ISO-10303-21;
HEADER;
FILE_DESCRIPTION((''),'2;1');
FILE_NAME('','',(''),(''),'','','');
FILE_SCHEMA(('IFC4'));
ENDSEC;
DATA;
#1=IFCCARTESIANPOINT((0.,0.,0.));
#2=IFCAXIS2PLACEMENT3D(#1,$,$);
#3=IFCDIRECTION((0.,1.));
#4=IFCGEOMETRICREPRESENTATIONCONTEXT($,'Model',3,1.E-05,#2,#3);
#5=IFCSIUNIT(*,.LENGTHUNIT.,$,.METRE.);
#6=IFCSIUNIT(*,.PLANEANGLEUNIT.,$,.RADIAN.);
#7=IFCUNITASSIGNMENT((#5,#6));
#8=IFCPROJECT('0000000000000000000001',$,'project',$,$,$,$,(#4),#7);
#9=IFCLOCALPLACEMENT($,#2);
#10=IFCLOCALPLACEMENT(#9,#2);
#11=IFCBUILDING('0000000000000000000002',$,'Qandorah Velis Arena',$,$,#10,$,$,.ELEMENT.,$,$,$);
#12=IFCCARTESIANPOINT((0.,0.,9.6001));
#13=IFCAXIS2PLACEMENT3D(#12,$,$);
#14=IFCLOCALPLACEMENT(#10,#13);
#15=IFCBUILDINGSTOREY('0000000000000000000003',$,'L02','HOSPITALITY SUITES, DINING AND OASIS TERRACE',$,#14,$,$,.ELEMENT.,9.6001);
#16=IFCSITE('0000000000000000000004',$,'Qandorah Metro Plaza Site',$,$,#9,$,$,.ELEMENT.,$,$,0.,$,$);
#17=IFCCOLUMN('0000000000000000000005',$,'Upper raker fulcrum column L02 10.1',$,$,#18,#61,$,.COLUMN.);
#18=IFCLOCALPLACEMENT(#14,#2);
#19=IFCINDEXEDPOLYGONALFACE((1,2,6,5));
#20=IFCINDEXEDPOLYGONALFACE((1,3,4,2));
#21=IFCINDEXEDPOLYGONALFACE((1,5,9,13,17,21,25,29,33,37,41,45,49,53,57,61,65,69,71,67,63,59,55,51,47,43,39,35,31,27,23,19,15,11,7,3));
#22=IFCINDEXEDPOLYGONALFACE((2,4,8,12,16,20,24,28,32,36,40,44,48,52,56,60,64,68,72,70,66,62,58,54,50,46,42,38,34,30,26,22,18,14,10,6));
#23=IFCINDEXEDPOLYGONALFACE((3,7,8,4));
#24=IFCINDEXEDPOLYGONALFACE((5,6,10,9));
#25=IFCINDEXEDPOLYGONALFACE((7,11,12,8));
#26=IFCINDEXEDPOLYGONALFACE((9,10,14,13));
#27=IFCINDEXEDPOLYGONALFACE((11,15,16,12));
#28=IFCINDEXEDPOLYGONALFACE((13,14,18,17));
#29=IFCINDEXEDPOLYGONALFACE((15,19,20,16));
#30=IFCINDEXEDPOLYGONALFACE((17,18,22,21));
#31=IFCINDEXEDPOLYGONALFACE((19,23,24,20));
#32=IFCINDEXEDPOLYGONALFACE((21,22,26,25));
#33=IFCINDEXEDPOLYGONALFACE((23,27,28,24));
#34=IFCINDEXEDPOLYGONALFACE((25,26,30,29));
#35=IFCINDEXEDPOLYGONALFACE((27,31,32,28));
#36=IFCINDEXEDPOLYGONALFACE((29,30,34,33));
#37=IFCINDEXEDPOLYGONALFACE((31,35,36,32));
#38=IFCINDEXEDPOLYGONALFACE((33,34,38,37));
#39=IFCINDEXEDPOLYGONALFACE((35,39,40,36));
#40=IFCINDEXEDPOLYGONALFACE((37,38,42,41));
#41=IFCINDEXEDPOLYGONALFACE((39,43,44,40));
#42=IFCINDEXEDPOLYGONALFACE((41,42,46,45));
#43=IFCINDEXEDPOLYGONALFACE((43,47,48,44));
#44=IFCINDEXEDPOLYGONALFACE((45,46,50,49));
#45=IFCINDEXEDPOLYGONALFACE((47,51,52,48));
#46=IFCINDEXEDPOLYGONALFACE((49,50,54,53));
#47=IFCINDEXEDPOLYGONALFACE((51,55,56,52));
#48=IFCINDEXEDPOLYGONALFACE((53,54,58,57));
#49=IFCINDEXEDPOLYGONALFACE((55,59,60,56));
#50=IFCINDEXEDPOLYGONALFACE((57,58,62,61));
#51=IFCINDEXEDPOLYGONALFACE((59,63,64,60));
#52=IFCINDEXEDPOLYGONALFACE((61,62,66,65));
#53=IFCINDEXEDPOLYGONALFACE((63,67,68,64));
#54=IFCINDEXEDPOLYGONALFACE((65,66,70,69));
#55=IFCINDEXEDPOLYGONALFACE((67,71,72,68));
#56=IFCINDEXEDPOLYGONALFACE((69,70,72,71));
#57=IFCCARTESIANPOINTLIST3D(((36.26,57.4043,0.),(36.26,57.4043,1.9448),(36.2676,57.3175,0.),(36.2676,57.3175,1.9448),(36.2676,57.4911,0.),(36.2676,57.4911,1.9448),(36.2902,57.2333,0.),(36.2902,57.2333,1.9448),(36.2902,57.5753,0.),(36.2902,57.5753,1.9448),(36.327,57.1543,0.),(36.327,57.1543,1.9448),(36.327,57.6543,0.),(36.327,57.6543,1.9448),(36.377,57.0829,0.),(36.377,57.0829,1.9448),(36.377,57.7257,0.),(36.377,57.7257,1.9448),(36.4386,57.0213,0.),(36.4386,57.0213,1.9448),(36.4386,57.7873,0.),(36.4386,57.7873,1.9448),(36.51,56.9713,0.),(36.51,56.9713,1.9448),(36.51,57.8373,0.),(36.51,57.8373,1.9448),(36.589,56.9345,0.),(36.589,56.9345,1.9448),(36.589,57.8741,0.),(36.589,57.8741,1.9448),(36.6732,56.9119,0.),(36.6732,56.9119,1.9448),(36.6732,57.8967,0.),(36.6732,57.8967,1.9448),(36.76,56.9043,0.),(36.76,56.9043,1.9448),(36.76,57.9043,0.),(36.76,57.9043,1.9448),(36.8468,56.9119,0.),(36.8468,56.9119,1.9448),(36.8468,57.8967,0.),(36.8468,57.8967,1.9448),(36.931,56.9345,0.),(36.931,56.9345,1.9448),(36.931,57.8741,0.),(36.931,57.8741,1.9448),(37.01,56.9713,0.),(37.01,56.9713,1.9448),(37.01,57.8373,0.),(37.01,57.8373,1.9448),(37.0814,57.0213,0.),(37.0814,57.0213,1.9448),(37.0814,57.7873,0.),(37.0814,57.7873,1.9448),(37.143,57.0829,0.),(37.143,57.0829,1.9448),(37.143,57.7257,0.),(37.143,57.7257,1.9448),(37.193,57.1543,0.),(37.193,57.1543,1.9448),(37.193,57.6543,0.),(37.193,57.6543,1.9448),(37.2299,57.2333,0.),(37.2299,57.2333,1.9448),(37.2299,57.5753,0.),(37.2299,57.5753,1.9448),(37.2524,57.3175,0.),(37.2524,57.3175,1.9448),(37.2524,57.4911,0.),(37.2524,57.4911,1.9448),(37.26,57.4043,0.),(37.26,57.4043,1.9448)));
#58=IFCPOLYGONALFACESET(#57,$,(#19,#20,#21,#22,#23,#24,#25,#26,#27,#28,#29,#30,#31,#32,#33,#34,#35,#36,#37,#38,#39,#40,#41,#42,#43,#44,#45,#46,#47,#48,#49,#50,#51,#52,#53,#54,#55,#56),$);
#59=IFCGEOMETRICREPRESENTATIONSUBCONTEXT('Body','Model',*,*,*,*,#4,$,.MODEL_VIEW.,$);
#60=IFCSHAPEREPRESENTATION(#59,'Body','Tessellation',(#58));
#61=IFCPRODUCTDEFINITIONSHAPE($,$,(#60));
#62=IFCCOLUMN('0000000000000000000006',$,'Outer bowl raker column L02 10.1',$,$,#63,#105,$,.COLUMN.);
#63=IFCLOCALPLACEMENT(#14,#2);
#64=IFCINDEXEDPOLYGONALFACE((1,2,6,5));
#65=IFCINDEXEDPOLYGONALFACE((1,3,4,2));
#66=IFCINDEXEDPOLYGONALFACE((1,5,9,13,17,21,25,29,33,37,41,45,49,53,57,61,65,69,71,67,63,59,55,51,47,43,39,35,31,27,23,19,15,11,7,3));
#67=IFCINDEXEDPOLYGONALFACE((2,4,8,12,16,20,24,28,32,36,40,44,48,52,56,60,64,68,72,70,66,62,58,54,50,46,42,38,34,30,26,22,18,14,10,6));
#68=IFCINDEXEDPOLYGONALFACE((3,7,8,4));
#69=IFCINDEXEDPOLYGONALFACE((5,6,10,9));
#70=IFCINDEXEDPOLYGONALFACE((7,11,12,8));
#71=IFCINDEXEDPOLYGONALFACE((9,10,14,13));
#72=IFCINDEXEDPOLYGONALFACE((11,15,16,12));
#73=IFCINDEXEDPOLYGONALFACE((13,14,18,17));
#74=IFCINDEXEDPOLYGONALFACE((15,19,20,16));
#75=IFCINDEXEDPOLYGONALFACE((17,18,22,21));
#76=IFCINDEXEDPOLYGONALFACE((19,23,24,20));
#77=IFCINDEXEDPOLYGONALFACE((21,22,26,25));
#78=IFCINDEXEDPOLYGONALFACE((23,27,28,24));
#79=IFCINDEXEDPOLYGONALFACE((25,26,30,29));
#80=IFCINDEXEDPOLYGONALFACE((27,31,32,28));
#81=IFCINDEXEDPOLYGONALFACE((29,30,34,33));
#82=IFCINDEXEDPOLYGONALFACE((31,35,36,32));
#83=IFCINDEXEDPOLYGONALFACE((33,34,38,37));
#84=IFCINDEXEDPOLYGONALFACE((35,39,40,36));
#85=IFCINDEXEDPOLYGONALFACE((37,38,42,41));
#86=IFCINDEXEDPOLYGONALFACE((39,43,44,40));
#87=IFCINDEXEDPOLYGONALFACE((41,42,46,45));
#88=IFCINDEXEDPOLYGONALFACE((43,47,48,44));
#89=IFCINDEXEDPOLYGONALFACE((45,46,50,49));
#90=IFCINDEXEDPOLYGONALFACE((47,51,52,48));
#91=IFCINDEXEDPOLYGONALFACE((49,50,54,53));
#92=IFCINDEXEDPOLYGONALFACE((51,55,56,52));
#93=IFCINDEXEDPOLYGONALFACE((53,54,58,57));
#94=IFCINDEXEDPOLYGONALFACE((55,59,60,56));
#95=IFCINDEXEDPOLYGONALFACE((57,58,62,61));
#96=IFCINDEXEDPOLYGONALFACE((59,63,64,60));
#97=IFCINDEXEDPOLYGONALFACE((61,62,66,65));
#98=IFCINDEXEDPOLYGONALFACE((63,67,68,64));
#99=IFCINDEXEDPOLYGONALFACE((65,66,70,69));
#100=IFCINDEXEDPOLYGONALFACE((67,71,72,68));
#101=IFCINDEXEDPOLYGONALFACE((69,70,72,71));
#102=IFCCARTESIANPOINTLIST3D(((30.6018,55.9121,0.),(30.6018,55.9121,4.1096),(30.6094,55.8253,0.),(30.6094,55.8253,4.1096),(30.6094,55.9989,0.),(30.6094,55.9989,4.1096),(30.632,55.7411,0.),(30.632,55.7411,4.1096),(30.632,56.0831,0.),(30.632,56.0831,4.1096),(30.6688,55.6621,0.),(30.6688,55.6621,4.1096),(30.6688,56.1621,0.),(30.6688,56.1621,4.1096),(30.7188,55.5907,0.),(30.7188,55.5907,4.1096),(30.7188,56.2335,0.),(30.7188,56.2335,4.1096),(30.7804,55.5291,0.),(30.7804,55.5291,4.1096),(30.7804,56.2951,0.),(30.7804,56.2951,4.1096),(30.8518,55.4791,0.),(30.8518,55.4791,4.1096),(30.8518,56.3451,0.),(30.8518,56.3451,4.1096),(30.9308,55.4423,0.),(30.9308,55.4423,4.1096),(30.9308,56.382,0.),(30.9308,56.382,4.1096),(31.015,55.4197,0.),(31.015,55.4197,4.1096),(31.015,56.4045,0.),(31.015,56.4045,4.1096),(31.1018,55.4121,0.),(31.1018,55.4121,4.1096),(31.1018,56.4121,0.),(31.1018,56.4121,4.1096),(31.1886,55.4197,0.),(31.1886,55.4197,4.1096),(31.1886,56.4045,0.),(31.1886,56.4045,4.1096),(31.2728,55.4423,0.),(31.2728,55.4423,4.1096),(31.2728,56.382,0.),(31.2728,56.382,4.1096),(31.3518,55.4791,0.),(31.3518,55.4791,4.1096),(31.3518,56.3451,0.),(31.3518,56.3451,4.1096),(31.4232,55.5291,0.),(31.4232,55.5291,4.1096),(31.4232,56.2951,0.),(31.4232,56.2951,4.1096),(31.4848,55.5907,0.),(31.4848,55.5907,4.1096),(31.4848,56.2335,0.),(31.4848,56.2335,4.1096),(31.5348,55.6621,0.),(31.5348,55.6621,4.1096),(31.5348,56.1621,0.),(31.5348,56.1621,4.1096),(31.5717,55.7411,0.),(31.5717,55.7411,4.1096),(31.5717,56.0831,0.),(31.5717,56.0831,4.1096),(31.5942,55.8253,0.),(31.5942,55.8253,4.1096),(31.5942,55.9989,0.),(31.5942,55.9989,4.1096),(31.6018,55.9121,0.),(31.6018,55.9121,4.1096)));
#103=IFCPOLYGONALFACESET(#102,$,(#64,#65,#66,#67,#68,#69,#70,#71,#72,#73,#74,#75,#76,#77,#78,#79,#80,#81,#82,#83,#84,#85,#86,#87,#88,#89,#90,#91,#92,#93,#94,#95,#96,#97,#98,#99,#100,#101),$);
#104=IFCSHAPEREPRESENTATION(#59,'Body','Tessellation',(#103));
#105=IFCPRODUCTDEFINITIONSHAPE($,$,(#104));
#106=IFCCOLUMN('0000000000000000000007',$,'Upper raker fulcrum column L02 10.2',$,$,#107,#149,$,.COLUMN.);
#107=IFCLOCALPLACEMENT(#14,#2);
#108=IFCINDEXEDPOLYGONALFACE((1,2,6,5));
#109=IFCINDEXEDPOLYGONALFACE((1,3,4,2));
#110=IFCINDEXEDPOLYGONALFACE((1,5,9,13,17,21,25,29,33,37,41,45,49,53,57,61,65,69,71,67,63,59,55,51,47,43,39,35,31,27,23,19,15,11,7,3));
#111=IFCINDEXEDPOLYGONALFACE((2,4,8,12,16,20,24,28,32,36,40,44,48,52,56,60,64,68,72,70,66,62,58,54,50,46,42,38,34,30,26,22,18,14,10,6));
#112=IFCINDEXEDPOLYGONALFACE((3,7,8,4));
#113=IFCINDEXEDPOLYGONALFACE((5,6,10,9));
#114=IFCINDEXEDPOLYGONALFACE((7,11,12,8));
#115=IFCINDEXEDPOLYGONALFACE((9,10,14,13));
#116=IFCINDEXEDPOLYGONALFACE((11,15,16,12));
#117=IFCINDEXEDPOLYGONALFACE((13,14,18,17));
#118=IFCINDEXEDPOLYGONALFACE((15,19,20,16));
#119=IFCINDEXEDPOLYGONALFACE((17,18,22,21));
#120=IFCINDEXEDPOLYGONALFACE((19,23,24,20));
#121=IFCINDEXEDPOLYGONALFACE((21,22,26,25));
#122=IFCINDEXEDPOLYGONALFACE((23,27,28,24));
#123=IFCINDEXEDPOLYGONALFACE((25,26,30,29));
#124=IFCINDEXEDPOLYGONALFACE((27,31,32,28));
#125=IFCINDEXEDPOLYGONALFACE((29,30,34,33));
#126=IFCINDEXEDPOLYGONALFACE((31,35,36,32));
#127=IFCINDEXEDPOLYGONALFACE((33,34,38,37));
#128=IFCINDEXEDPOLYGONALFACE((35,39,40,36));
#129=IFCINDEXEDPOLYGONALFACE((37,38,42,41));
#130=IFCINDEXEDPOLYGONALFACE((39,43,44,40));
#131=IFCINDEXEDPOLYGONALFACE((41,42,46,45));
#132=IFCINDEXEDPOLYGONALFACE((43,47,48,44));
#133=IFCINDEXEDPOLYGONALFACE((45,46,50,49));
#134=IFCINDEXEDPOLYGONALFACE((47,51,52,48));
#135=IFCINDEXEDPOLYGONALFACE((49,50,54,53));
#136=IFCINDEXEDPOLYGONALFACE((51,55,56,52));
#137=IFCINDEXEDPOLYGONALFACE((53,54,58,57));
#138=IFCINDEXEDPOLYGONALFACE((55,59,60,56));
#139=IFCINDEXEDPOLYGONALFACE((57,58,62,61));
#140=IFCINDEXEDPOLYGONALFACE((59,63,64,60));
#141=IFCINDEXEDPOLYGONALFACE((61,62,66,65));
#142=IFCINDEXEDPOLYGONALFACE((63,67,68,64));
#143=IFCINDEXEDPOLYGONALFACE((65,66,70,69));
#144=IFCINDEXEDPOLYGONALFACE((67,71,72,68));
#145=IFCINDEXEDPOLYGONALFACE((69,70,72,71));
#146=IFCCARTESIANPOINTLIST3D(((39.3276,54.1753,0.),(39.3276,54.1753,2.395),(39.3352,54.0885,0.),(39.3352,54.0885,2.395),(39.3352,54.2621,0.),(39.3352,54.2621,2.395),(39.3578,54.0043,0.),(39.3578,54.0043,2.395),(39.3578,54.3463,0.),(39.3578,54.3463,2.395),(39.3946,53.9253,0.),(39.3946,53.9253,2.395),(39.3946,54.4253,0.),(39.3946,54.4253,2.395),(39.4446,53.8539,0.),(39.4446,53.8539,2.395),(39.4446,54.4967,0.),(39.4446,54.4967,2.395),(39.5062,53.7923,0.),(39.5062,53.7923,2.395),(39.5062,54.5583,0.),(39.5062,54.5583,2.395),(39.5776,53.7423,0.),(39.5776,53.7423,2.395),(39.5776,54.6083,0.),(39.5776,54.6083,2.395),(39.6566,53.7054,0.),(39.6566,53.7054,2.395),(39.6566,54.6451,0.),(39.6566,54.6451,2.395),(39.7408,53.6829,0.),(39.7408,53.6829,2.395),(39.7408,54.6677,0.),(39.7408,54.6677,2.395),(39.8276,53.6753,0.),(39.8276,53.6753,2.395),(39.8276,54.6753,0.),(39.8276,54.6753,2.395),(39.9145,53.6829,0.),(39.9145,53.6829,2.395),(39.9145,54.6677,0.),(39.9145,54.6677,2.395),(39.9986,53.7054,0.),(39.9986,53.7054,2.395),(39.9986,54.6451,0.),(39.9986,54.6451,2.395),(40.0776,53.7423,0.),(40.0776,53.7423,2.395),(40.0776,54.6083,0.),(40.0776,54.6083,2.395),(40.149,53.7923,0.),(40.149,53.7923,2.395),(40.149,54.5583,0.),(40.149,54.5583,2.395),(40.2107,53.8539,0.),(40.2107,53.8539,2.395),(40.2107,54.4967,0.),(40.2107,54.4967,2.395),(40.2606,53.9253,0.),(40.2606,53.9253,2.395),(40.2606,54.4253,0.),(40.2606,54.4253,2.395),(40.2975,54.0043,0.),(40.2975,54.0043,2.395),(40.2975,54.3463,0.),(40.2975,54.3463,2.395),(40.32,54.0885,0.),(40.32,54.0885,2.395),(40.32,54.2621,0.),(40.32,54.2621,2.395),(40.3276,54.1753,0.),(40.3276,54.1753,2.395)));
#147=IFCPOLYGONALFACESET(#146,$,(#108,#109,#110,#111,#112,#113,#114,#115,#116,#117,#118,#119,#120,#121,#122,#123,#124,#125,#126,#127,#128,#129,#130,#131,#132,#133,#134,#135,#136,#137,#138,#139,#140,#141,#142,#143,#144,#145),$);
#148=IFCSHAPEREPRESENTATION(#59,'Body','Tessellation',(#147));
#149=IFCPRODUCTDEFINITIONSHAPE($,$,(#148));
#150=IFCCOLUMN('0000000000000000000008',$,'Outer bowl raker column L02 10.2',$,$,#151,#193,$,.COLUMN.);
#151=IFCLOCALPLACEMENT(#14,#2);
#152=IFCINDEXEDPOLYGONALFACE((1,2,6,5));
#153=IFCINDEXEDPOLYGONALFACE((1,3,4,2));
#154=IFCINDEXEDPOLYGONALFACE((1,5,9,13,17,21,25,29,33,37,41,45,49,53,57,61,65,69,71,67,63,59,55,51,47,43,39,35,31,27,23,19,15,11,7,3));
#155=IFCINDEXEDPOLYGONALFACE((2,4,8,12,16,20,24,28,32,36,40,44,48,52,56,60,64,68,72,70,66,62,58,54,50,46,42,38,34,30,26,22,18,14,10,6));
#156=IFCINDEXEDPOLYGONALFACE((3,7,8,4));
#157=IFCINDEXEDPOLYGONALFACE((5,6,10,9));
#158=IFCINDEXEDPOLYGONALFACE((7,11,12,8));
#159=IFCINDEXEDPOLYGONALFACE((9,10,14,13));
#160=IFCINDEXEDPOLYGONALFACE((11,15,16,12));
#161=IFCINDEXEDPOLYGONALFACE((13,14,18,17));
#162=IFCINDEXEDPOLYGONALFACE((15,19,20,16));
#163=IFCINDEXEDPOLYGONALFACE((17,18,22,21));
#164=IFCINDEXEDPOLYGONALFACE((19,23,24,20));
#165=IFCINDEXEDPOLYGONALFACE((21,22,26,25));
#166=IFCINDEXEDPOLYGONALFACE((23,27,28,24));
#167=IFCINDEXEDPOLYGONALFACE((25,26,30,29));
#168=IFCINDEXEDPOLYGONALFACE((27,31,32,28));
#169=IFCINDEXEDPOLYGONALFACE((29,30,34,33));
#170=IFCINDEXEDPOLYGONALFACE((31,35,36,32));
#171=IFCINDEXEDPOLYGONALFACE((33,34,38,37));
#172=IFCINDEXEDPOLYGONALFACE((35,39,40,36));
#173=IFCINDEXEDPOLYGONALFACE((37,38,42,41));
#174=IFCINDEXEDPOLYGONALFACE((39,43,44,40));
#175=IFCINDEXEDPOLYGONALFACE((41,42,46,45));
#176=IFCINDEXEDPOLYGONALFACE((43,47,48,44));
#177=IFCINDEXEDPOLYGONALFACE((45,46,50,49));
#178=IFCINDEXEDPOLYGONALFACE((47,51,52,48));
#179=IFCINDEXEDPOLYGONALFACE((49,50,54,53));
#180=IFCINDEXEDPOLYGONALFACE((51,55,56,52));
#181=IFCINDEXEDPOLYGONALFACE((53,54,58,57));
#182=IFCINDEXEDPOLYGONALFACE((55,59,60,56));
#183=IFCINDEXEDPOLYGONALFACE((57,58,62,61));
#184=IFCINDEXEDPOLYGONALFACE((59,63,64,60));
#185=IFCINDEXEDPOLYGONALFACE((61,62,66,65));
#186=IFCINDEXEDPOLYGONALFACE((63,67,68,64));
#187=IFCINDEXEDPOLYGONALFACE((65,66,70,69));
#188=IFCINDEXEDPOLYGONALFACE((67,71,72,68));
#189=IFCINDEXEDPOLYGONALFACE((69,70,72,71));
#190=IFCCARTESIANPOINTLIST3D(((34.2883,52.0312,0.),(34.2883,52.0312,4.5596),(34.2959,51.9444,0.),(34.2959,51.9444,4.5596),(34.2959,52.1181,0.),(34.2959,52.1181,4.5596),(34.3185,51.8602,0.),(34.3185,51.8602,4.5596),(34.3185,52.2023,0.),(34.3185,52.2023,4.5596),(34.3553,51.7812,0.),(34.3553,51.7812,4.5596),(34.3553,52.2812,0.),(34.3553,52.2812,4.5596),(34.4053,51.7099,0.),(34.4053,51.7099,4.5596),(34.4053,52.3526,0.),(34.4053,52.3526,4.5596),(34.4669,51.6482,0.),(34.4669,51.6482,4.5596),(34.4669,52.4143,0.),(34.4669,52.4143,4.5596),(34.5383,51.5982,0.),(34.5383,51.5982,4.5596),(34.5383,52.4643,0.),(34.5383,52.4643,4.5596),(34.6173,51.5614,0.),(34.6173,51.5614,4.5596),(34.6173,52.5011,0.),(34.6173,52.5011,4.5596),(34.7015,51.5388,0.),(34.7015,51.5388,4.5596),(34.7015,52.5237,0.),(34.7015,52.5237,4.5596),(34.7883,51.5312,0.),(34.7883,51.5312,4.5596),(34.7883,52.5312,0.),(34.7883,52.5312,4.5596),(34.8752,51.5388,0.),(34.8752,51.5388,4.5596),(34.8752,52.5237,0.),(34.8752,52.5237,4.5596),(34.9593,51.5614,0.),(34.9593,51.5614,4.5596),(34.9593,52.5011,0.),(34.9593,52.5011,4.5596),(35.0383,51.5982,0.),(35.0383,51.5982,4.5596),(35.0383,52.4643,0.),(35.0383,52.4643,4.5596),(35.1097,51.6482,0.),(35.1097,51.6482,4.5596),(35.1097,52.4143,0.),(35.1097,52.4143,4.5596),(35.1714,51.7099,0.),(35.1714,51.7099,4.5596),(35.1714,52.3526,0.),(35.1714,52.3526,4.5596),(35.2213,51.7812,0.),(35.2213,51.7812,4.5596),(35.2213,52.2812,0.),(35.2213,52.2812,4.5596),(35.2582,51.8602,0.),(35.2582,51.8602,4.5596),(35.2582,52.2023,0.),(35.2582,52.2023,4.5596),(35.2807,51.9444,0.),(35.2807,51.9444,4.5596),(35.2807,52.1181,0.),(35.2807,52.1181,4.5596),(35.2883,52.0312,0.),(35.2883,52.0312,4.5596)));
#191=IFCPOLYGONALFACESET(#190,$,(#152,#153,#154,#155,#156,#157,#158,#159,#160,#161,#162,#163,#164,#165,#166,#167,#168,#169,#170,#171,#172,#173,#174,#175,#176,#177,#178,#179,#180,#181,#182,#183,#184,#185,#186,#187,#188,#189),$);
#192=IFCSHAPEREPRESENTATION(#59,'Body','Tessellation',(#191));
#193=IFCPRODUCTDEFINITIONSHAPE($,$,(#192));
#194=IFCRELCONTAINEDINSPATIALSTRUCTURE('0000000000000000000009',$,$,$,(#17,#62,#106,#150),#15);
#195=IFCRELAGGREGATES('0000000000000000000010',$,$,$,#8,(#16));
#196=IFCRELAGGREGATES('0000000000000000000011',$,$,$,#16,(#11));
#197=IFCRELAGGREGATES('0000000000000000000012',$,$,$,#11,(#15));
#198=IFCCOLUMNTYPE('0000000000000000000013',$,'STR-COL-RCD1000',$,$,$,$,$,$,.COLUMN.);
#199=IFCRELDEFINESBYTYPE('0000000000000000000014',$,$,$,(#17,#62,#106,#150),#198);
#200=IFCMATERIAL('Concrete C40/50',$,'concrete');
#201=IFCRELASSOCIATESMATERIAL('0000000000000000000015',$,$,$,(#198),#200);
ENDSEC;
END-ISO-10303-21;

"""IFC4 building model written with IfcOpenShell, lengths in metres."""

from ifc_helpers import new_model, si_unit, direction, frame, origin, origin_2d, place, context, subcontext, project, spatial, circle, extrude, material, material_profile, profile_set, type_object, element, save


model = new_model("IFC4")

# Units and contexts
model_context = context("Model", 3, precision=1e-05, world=origin(), true_north=direction((0.0, 1.0)))
body_context = subcontext(model_context, "Body", "Model", "MODEL_VIEW")
ifc_project = project(units=[si_unit("LENGTHUNIT", "METRE"), si_unit("PLANEANGLEUNIT", "RADIAN")], contexts=[model_context])

# Site, building, storey
site_placement = place(None, origin())
site = spatial("IfcSite", under=ifc_project, at=site_placement, Name="Qandorah Metro Plaza Site", CompositionType="ELEMENT", RefElevation=0.0)
building_placement = place(site_placement, origin())
building = spatial("IfcBuilding", under=site, at=building_placement, Name="Qandorah Velis Arena", CompositionType="ELEMENT")
storey_placement = place(building_placement, frame((0.0, 0.0, 9.6001)))
storey = spatial("IfcBuildingStorey", under=building, at=storey_placement, Name="L02", Description="HOSPITALITY SUITES, DINING AND OASIS TERRACE", CompositionType="ELEMENT", Elevation=9.6001)

# Columns
ifc_material_1 = material(Name="Concrete C40/50", Category="concrete")
ifc_material_profile_1 = material_profile(ifc_material_1, circle(Radius=0.5, at=origin_2d()), Name="RC D1000")
ifc_profile_set_1 = profile_set([ifc_material_profile_1], Name="Concrete C40/50")
column_type_1 = type_object("IfcColumnType", Name="STR-COL-RCD1000", PredefinedType="COLUMN", material=ifc_profile_set_1)
column_1_placement = place(storey_placement, frame((36.76, 57.4043, 0.0), z_axis=(0.0, 0.0, 1.0), x_axis=(1.0, 0.0, 0.0)))
element("IfcColumn", 1, at=column_1_placement, inside=storey, type_object=column_type_1, Name="Upper raker fulcrum column L02 10.1", PredefinedType="COLUMN", context=body_context, shape_type="SweptSolid", body=[
    extrude(circle(Radius=0.5, at=origin_2d()), origin(), (0.0, 0.0, 1.0), 1.9448),
])
column_2_placement = place(storey_placement, frame((31.1018, 55.9121, 0.0), z_axis=(0.0, 0.0, 1.0), x_axis=(1.0, 0.0, 0.0)))
element("IfcColumn", 2, at=column_2_placement, inside=storey, type_object=column_type_1, Name="Outer bowl raker column L02 10.1", PredefinedType="COLUMN", context=body_context, shape_type="SweptSolid", body=[
    extrude(circle(Radius=0.5, at=origin_2d()), origin(), (0.0, 0.0, 1.0), 4.1096),
])
column_3_placement = place(storey_placement, frame((39.8276, 54.1753, 0.0), z_axis=(0.0, 0.0, 1.0), x_axis=(1.0, 0.0, 0.0)))
element("IfcColumn", 3, at=column_3_placement, inside=storey, type_object=column_type_1, Name="Upper raker fulcrum column L02 10.2", PredefinedType="COLUMN", context=body_context, shape_type="SweptSolid", body=[
    extrude(circle(Radius=0.5, at=origin_2d()), origin(), (0.0, 0.0, 1.0), 2.395),
])
column_4_placement = place(storey_placement, frame((34.7883, 52.0312, 0.0), z_axis=(0.0, 0.0, 1.0), x_axis=(1.0, 0.0, 0.0)))
element("IfcColumn", 4, at=column_4_placement, inside=storey, type_object=column_type_1, Name="Outer bowl raker column L02 10.2", PredefinedType="COLUMN", context=body_context, shape_type="SweptSolid", body=[
    extrude(circle(Radius=0.5, at=origin_2d()), origin(), (0.0, 0.0, 1.0), 4.5596),
])

save(model, "model.ifc")
